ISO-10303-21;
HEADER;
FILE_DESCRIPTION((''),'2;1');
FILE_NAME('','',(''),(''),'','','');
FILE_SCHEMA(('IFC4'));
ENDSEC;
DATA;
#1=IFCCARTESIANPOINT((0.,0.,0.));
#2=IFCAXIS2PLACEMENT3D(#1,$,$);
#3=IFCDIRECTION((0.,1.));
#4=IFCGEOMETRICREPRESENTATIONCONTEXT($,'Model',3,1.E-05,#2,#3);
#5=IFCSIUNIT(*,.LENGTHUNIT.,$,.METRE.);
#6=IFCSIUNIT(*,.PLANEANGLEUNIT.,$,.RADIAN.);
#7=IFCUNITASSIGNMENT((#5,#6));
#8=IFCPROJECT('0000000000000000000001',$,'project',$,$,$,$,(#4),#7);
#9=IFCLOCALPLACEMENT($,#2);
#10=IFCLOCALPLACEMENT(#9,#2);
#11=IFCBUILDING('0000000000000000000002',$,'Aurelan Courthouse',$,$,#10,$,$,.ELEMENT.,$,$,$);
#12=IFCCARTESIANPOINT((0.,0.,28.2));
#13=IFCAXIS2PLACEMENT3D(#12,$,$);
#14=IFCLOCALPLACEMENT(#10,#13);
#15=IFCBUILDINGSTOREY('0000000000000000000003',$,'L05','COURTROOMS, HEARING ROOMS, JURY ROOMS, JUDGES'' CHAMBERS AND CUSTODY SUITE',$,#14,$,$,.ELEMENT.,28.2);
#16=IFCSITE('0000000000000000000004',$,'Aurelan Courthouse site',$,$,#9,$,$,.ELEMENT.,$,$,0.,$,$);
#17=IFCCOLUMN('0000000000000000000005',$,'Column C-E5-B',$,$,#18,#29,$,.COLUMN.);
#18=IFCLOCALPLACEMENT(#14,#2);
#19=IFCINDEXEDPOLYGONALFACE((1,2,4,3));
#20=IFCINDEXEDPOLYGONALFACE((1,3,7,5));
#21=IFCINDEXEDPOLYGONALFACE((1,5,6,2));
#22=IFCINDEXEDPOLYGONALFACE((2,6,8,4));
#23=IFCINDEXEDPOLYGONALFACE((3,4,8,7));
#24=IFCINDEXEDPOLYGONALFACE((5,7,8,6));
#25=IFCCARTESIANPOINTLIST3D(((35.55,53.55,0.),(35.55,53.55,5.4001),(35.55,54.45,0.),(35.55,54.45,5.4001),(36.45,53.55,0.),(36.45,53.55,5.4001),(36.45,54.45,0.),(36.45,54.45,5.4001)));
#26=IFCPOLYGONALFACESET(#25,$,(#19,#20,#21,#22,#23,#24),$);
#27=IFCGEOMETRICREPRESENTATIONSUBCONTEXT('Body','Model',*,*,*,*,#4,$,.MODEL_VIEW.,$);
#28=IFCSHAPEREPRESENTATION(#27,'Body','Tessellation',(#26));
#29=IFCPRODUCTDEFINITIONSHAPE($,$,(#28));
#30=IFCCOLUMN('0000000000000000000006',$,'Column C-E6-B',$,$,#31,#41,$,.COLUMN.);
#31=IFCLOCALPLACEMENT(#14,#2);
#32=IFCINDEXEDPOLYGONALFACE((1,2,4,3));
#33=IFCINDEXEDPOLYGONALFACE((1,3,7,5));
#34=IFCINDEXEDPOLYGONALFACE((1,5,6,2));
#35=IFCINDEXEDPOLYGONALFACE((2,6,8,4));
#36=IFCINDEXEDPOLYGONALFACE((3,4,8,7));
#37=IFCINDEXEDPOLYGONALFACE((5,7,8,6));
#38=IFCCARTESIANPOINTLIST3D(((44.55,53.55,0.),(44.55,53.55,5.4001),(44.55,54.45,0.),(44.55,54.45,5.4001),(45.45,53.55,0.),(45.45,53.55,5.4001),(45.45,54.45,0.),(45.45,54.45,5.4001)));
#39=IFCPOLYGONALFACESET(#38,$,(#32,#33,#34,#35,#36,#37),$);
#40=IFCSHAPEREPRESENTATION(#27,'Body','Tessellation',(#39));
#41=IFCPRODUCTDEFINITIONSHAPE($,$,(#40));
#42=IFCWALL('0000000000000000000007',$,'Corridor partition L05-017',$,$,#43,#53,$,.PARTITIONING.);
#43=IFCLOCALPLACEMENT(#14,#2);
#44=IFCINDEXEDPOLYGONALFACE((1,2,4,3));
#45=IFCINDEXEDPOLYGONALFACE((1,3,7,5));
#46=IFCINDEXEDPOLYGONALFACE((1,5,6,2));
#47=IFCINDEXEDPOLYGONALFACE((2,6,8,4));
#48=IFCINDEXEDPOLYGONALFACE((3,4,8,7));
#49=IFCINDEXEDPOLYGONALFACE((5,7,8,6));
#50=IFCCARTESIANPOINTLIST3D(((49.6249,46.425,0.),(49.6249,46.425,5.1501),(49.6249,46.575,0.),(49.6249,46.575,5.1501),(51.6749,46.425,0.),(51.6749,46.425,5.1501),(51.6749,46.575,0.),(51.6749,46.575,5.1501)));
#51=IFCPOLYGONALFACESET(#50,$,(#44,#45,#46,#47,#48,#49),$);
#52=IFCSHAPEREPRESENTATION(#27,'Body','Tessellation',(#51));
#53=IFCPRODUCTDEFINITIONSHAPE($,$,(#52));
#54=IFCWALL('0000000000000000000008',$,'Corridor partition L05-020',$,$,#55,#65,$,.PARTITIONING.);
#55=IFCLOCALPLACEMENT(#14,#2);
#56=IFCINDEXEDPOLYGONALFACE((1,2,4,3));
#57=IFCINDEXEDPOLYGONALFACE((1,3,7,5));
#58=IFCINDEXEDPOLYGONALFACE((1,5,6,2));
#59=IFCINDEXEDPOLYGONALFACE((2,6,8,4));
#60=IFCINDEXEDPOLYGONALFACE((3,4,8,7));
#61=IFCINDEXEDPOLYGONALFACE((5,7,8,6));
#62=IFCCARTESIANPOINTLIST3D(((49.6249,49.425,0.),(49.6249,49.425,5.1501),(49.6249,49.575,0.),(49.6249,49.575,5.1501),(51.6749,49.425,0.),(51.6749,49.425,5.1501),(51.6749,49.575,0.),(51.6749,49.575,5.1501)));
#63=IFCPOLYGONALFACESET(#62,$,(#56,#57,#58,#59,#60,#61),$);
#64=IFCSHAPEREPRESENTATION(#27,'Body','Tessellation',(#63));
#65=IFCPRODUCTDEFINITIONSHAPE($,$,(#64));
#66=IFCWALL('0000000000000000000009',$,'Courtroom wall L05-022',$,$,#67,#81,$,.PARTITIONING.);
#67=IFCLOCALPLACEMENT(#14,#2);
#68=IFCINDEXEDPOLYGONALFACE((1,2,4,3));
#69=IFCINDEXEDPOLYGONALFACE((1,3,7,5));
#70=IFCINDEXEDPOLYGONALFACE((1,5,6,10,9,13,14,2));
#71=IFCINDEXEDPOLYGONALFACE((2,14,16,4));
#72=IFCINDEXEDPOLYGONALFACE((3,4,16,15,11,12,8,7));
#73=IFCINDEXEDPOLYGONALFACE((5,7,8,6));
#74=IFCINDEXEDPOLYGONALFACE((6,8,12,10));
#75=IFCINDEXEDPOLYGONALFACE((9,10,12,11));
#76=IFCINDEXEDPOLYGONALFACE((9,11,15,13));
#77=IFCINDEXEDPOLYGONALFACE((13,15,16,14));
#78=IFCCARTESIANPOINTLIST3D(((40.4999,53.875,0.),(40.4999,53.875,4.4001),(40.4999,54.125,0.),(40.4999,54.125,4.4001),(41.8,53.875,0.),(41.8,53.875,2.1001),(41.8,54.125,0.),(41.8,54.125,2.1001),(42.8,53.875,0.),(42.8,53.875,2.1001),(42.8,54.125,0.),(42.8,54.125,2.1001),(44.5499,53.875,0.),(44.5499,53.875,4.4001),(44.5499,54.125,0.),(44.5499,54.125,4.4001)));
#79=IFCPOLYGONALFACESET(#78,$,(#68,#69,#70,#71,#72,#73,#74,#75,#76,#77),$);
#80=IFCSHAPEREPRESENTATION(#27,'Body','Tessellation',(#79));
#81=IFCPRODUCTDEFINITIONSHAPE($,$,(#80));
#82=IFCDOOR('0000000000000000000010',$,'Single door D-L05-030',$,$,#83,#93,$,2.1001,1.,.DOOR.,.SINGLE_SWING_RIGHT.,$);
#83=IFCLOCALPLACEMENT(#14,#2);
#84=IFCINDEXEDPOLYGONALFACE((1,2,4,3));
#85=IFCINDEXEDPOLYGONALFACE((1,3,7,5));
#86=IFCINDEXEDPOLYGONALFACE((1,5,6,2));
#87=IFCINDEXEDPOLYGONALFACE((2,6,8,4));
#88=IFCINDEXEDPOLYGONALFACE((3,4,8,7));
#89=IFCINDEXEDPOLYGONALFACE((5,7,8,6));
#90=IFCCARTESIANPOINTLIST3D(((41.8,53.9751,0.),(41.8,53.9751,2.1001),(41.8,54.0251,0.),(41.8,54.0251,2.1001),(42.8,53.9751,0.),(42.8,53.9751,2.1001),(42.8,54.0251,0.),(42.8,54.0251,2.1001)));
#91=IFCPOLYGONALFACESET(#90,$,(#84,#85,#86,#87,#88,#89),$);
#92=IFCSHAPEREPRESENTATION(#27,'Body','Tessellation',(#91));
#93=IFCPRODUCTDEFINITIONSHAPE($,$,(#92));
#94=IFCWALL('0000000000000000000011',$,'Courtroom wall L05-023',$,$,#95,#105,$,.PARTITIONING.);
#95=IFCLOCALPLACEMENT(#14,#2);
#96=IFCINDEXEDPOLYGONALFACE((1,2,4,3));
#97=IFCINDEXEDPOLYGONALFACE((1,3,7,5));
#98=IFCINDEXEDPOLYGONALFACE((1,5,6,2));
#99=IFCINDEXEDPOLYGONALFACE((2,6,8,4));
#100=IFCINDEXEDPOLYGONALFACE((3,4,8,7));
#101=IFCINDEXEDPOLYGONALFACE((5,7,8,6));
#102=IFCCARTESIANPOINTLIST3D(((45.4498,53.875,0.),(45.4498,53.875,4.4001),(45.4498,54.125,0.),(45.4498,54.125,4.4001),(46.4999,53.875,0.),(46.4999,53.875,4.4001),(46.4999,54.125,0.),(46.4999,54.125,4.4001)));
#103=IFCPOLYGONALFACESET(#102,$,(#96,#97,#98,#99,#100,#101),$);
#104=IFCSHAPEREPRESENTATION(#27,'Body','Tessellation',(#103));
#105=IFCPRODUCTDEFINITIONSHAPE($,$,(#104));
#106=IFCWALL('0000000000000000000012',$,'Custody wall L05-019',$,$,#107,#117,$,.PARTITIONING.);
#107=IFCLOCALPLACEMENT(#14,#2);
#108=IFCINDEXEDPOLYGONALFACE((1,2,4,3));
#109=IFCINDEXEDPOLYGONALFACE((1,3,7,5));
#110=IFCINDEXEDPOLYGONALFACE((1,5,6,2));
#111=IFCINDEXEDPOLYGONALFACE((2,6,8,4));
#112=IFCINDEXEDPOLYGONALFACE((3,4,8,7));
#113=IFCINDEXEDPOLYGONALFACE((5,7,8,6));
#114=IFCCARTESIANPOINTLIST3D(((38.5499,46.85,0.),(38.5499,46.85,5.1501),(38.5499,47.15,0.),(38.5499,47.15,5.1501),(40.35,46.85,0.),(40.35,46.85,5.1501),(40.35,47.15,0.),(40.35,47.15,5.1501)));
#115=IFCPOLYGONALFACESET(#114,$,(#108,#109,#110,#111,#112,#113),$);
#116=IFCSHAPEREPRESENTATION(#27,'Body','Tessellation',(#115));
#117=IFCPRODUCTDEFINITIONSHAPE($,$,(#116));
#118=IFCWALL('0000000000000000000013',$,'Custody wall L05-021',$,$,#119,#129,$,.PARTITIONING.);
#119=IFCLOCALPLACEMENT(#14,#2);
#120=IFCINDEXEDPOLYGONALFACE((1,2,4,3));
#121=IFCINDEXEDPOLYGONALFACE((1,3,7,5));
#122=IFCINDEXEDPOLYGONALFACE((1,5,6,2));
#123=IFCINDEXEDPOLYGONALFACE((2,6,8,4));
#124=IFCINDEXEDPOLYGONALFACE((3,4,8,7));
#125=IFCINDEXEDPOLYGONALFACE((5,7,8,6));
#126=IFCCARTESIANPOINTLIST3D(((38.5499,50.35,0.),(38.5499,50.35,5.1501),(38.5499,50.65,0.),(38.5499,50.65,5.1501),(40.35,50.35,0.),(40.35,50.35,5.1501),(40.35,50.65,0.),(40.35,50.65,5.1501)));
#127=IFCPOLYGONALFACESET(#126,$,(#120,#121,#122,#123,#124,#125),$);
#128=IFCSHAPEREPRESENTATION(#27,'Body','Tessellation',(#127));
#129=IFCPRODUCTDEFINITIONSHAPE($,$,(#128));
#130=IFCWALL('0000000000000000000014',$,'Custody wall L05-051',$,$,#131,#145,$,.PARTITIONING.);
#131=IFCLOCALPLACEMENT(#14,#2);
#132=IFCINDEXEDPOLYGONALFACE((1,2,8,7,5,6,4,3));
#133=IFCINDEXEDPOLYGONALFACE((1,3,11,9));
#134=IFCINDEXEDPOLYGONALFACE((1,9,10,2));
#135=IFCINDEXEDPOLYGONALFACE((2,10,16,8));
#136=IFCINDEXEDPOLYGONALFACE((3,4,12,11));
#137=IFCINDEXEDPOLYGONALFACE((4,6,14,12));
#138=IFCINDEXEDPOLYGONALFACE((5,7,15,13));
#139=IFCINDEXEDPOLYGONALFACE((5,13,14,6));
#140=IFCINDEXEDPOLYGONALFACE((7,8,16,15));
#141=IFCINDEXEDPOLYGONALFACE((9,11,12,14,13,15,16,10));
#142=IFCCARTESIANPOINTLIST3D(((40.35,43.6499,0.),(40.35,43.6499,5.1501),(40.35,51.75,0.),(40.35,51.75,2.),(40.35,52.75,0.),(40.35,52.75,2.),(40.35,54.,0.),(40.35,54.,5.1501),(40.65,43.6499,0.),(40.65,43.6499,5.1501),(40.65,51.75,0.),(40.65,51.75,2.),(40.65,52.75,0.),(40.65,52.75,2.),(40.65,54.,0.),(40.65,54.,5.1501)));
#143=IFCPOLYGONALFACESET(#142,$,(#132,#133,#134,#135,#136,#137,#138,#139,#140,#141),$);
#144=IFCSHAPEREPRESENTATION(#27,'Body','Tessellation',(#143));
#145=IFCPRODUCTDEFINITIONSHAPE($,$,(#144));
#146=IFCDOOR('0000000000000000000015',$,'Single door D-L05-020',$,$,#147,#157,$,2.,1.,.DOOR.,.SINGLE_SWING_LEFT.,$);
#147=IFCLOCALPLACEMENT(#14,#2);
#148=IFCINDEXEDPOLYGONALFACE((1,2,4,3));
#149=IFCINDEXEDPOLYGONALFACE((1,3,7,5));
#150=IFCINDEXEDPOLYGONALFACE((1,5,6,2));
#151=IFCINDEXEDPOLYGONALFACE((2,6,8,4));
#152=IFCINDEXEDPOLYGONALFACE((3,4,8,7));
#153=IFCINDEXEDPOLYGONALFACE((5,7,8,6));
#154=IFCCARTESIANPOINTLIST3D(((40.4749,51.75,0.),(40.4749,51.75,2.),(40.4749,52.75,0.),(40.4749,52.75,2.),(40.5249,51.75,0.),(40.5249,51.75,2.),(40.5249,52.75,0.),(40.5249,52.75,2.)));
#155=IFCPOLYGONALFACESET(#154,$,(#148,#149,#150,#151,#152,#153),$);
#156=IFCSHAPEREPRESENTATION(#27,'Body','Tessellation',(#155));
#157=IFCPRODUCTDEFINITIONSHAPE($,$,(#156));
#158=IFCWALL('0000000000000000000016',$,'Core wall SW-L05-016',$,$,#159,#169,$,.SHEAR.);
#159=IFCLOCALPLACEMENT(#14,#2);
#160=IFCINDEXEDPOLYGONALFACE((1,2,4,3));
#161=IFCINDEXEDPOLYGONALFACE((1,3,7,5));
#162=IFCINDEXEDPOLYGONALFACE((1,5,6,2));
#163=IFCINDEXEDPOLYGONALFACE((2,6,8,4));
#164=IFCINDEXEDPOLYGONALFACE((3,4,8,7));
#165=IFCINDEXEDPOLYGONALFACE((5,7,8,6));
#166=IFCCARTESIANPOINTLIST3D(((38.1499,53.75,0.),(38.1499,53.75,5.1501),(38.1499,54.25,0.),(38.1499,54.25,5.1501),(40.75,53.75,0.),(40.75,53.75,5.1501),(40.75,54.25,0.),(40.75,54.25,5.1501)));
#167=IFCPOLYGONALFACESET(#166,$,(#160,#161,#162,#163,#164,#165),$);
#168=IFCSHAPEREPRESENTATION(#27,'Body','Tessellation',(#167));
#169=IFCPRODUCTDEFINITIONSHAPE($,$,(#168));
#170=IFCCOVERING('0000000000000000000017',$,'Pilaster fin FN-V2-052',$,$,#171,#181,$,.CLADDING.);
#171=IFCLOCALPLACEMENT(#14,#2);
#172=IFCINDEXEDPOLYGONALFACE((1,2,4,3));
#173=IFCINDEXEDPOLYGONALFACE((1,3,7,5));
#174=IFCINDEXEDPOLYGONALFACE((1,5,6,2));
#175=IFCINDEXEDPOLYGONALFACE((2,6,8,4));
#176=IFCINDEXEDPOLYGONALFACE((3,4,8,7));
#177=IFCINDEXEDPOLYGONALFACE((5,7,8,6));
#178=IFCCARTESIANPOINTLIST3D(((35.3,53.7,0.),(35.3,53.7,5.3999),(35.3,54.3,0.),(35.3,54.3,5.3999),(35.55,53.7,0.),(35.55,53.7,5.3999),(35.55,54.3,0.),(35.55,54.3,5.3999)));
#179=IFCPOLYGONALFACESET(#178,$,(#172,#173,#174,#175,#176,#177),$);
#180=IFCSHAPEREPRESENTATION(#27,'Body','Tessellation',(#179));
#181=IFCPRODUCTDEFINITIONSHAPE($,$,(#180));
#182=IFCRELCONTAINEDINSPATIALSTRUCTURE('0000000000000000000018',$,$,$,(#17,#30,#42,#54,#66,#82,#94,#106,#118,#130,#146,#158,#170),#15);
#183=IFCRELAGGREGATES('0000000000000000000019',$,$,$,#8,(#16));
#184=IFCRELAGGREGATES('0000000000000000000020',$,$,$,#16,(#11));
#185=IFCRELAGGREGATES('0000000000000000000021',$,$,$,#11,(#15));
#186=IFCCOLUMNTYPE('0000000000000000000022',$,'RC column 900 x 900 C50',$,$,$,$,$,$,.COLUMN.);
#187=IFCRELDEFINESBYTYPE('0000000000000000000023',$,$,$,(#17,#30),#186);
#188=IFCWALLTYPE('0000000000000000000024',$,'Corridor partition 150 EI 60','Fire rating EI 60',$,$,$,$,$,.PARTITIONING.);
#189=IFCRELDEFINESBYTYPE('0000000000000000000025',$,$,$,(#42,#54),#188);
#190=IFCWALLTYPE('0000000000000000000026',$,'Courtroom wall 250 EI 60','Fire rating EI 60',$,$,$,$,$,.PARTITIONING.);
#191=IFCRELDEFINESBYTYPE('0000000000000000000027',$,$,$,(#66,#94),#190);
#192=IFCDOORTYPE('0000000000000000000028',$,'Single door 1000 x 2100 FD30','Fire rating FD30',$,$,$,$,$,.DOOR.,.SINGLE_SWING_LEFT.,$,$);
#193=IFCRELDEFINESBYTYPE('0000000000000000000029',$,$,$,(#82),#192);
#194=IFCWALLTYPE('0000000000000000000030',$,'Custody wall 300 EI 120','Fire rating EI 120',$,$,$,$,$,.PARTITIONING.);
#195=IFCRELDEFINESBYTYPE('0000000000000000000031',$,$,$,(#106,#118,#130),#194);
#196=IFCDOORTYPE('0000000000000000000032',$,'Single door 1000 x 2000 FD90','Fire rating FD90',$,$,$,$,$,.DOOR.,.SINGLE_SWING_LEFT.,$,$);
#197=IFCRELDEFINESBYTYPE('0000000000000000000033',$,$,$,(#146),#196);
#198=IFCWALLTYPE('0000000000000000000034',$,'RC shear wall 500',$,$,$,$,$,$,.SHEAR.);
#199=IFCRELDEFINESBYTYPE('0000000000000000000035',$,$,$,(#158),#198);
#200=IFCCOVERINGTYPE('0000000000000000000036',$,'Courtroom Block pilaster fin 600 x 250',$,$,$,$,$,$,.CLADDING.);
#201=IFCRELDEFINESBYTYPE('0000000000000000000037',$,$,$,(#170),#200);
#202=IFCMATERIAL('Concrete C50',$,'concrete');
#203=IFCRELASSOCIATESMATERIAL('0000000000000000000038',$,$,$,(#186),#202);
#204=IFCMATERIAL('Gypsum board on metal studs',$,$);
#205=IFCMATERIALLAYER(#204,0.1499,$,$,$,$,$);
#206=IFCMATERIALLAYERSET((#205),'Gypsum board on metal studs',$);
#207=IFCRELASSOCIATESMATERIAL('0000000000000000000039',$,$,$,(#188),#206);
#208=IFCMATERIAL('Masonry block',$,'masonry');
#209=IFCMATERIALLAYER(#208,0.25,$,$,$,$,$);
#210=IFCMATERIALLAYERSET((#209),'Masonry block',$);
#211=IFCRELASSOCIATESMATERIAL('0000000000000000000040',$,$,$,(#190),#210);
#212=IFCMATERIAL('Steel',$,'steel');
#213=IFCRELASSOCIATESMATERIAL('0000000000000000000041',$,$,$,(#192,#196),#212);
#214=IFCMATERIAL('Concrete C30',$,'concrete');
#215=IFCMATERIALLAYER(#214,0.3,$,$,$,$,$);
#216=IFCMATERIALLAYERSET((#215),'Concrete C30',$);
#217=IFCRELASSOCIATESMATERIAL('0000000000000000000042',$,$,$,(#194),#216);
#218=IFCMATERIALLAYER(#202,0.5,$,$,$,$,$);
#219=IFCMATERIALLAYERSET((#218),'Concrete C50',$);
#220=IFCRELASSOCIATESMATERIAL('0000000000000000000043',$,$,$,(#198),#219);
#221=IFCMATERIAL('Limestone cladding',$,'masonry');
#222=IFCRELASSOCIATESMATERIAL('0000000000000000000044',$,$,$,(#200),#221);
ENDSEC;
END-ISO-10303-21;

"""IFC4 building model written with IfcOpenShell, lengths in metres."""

from ifc_helpers import new_model, si_unit, direction, frame, frame_2d, origin, origin_2d, place, context, subcontext, project, spatial, rectangle, extrude, material, layer, layer_set, material_profile, profile_set, type_object, element, fill, save


model = new_model("IFC4")

# Units and contexts
model_context = context("Model", 3, precision=1e-05, world=origin(), true_north=direction((0.0, 1.0)))
body_context = subcontext(model_context, "Body", "Model", "MODEL_VIEW")
ifc_project = project(units=[si_unit("LENGTHUNIT", "METRE"), si_unit("PLANEANGLEUNIT", "RADIAN")], contexts=[model_context])

# Site, building, storey
site_placement = place(None, origin())
site = spatial("IfcSite", under=ifc_project, at=site_placement, Name="Aurelan Courthouse site", CompositionType="ELEMENT", RefElevation=0.0)
building_placement = place(site_placement, origin())
building = spatial("IfcBuilding", under=site, at=building_placement, Name="Aurelan Courthouse", CompositionType="ELEMENT")
storey_placement = place(building_placement, frame((0.0, 0.0, 28.2)))
storey = spatial("IfcBuildingStorey", under=building, at=storey_placement, Name="L05", Description="COURTROOMS, HEARING ROOMS, JURY ROOMS, JUDGES' CHAMBERS AND CUSTODY SUITE", CompositionType="ELEMENT", Elevation=28.2)

# Columns
ifc_material_1 = material(Name="Concrete C50", Category="concrete")
ifc_material_profile = material_profile(ifc_material_1, rectangle(XDim=0.8999, YDim=0.8999, at=origin_2d()), Name="RC 900 x 900")
ifc_profile_set = profile_set([ifc_material_profile], Name="Concrete C50")
column_type = type_object("IfcColumnType", Name="RC column 900 x 900 C50", PredefinedType="COLUMN", material=ifc_profile_set)
for number, where, z_axis, x_axis, name in (
    (1, (36.0, 54.0, 0.0), (0.0, 0.0, 1.0), (1.0, 0.0, 0.0), "Column C-E5-B"),
    (2, (45.0, 54.0, 0.0), (0.0, 0.0, 1.0), (1.0, 0.0, 0.0), "Column C-E6-B"),
):
    element("IfcColumn", number, at=place(storey_placement, frame(where, z_axis=z_axis, x_axis=x_axis)), inside=storey, type_object=column_type, Name=name, PredefinedType="COLUMN", context=body_context, shape_type="SweptSolid", body=[
        extrude(rectangle(XDim=0.8999, YDim=0.8999, at=origin_2d()), origin(), (0.0, 0.0, 1.0), 5.4001),
    ])

# Walls
ifc_material_2 = material(Name="Gypsum board on metal studs")
ifc_layer_1 = layer(ifc_material_2, 0.1499)
ifc_layer_set_1 = layer_set([ifc_layer_1], Name="Gypsum board on metal studs")
wall_type_1 = type_object("IfcWallType", Name="Corridor partition 150 EI 60", Description="Fire rating EI 60", PredefinedType="PARTITIONING", material=ifc_layer_set_1)
for number, where, z_axis, x_axis, name in (
    (3, (49.625, 46.5, 0.0), (0.0, 0.0, 1.0), (1.0, 0.0, 0.0), "Corridor partition L05-017"),
    (4, (49.625, 49.5, 0.0), (0.0, 0.0, 1.0), (1.0, 0.0, 0.0), "Corridor partition L05-020"),
):
    element("IfcWall", number, at=place(storey_placement, frame(where, z_axis=z_axis, x_axis=x_axis)), inside=storey, type_object=wall_type_1, Name=name, PredefinedType="PARTITIONING", context=body_context, shape_type="SweptSolid", body=[
        extrude(rectangle(XDim=2.05, YDim=0.1499, at=frame_2d((1.0249, 0.0))), origin(), (0.0, 0.0, 1.0), 5.1501),
    ])

# Wall, opening, door
ifc_material_3 = material(Name="Masonry block", Category="masonry")
ifc_layer_2 = layer(ifc_material_3, 0.25)
ifc_layer_set_2 = layer_set([ifc_layer_2], Name="Masonry block")
wall_type_2 = type_object("IfcWallType", Name="Courtroom wall 250 EI 60", Description="Fire rating EI 60", PredefinedType="PARTITIONING", material=ifc_layer_set_2)
wall_1_placement = place(storey_placement, frame((40.5, 54.0, 0.0), z_axis=(0.0, 0.0, 1.0), x_axis=(1.0, 0.0, 0.0)))
wall_1 = element("IfcWall", 5, at=wall_1_placement, inside=storey, type_object=wall_type_2, Name="Courtroom wall L05-022", PredefinedType="PARTITIONING", context=body_context, shape_type="SweptSolid", body=[
    extrude(rectangle(XDim=4.05, YDim=0.25, at=frame_2d((2.0249, 0.0))), origin(), (0.0, 0.0, 1.0), 4.4001),
])
opening_1_placement = place(wall_1_placement, frame((2.3, 0.0, 0.0), z_axis=(0.0, 0.0, 1.0), x_axis=(-1.0, 0.0, 0.0)))
opening_1 = element("IfcOpeningElement", 6, at=opening_1_placement, cuts=wall_1, PredefinedType="OPENING", context=body_context, shape_type="SweptSolid", body=[
    extrude(rectangle(XDim=1.0, YDim=2.1001, at=frame_2d((0.5, 1.05))), frame((0.0, 0.135, 0.0), z_axis=(0.0, -1.0, 0.0), x_axis=(1.0, 0.0, 0.0)), (0.0, 0.0, 1.0), 0.27),
])
ifc_material_4 = material(Name="Steel", Category="steel")
door_type_1 = type_object("IfcDoorType", Name="Single door 1000 x 2100 FD30", Description="Fire rating FD30", OperationType="SINGLE_SWING_LEFT", PredefinedType="DOOR", material=ifc_material_4)
door_1_placement = place(opening_1_placement, origin())
door_1 = element("IfcDoor", 7, at=door_1_placement, inside=storey, type_object=door_type_1, Name="Single door D-L05-030", OperationType="SINGLE_SWING_RIGHT", OverallHeight=2.1001, OverallWidth=1.0, PredefinedType="DOOR", context=body_context, shape_type="SweptSolid", body=[
    extrude(rectangle(XDim=1.0, YDim=2.1001, at=frame_2d((0.5, 1.05))), frame((0.0, 0.0249, 0.0), z_axis=(0.0, -1.0, 0.0), x_axis=(1.0, 0.0, 0.0)), (0.0, 0.0, 1.0), 0.05),
])
fill(opening_1, door_1)

# Walls
wall_2_placement = place(storey_placement, frame((45.45, 54.0, 0.0), z_axis=(0.0, 0.0, 1.0), x_axis=(1.0, 0.0, 0.0)))
element("IfcWall", 8, at=wall_2_placement, inside=storey, type_object=wall_type_2, Name="Courtroom wall L05-023", PredefinedType="PARTITIONING", context=body_context, shape_type="SweptSolid", body=[
    extrude(rectangle(XDim=1.05, YDim=0.25, at=frame_2d((0.5249, 0.0))), origin(), (0.0, 0.0, 1.0), 4.4001),
])
ifc_material_5 = material(Name="Concrete C30", Category="concrete")
ifc_layer_3 = layer(ifc_material_5, 0.3)
ifc_layer_set_3 = layer_set([ifc_layer_3], Name="Concrete C30")
wall_type_3 = type_object("IfcWallType", Name="Custody wall 300 EI 120", Description="Fire rating EI 120", PredefinedType="PARTITIONING", material=ifc_layer_set_3)
for number, where, z_axis, x_axis, name in (
    (9, (38.55, 47.0, 0.0), (0.0, 0.0, 1.0), (1.0, 0.0, 0.0), "Custody wall L05-019"),
    (10, (38.55, 50.5, 0.0), (0.0, 0.0, 1.0), (1.0, 0.0, 0.0), "Custody wall L05-021"),
):
    element("IfcWall", number, at=place(storey_placement, frame(where, z_axis=z_axis, x_axis=x_axis)), inside=storey, type_object=wall_type_3, Name=name, PredefinedType="PARTITIONING", context=body_context, shape_type="SweptSolid", body=[
        extrude(rectangle(XDim=1.8, YDim=0.3, at=frame_2d((0.8999, 0.0))), origin(), (0.0, 0.0, 1.0), 5.1501),
    ])

# Wall, opening, door
wall_3_placement = place(storey_placement, frame((40.5, 43.6499, 0.0), z_axis=(0.0, 0.0, 1.0), x_axis=(0.0, 1.0, 0.0)))
wall_3 = element("IfcWall", 11, at=wall_3_placement, inside=storey, type_object=wall_type_3, Name="Custody wall L05-051", PredefinedType="PARTITIONING", context=body_context, shape_type="SweptSolid", body=[
    extrude(rectangle(XDim=10.3501, YDim=0.3, at=frame_2d((5.175, 0.0))), origin(), (0.0, 0.0, 1.0), 5.1501),
])
opening_2_placement = place(wall_3_placement, frame((9.1001, 0.0, 0.0), z_axis=(0.0, 0.0, 1.0), x_axis=(-1.0, 0.0, 0.0)))
opening_2 = element("IfcOpeningElement", 12, at=opening_2_placement, cuts=wall_3, PredefinedType="OPENING", context=body_context, shape_type="SweptSolid", body=[
    extrude(rectangle(XDim=1.0, YDim=2.0, at=frame_2d((0.5, 1.0))), frame((0.0, 0.1599, 0.0), z_axis=(0.0, -1.0, 0.0), x_axis=(1.0, 0.0, 0.0)), (0.0, 0.0, 1.0), 0.3201),
])
door_type_2 = type_object("IfcDoorType", Name="Single door 1000 x 2000 FD90", Description="Fire rating FD90", OperationType="SINGLE_SWING_LEFT", PredefinedType="DOOR", material=ifc_material_4)
door_2_placement = place(opening_2_placement, origin())
door_2 = element("IfcDoor", 13, at=door_2_placement, inside=storey, type_object=door_type_2, Name="Single door D-L05-020", OperationType="SINGLE_SWING_LEFT", OverallHeight=2.0, OverallWidth=1.0, PredefinedType="DOOR", context=body_context, shape_type="SweptSolid", body=[
    extrude(rectangle(XDim=1.0, YDim=2.0, at=frame_2d((0.5, 1.0))), frame((0.0, 0.0249, 0.0), z_axis=(0.0, -1.0, 0.0), x_axis=(1.0, 0.0, 0.0)), (0.0, 0.0, 1.0), 0.05),
])
fill(opening_2, door_2)

# Wall
ifc_layer_4 = layer(ifc_material_1, 0.5)
ifc_layer_set_4 = layer_set([ifc_layer_4], Name="Concrete C50")
wall_type_4 = type_object("IfcWallType", Name="RC shear wall 500", PredefinedType="SHEAR", material=ifc_layer_set_4)
wall_4_placement = place(storey_placement, frame((38.1499, 54.0, 0.0), z_axis=(0.0, 0.0, 1.0), x_axis=(1.0, 0.0, 0.0)))
element("IfcWall", 14, at=wall_4_placement, inside=storey, type_object=wall_type_4, Name="Core wall SW-L05-016", PredefinedType="SHEAR", context=body_context, shape_type="SweptSolid", body=[
    extrude(rectangle(XDim=2.6001, YDim=0.5, at=frame_2d((1.3, 0.0))), origin(), (0.0, 0.0, 1.0), 5.1501),
])

# Covering
ifc_material_6 = material(Name="Limestone cladding", Category="masonry")
covering_type = type_object("IfcCoveringType", Name="Courtroom Block pilaster fin 600 x 250", PredefinedType="CLADDING", material=ifc_material_6)
covering_placement = place(storey_placement, frame((35.425, 54.0, 0.0), z_axis=(0.0, 0.0, 1.0), x_axis=(1.0, 0.0, 0.0)))
element("IfcCovering", 15, at=covering_placement, inside=storey, type_object=covering_type, Name="Pilaster fin FN-V2-052", PredefinedType="CLADDING", context=body_context, shape_type="SweptSolid", body=[
    extrude(rectangle(XDim=0.25, YDim=0.6001, at=origin_2d()), origin(), (0.0, 0.0, 1.0), 5.3999),
])

save(model, "model.ifc")
